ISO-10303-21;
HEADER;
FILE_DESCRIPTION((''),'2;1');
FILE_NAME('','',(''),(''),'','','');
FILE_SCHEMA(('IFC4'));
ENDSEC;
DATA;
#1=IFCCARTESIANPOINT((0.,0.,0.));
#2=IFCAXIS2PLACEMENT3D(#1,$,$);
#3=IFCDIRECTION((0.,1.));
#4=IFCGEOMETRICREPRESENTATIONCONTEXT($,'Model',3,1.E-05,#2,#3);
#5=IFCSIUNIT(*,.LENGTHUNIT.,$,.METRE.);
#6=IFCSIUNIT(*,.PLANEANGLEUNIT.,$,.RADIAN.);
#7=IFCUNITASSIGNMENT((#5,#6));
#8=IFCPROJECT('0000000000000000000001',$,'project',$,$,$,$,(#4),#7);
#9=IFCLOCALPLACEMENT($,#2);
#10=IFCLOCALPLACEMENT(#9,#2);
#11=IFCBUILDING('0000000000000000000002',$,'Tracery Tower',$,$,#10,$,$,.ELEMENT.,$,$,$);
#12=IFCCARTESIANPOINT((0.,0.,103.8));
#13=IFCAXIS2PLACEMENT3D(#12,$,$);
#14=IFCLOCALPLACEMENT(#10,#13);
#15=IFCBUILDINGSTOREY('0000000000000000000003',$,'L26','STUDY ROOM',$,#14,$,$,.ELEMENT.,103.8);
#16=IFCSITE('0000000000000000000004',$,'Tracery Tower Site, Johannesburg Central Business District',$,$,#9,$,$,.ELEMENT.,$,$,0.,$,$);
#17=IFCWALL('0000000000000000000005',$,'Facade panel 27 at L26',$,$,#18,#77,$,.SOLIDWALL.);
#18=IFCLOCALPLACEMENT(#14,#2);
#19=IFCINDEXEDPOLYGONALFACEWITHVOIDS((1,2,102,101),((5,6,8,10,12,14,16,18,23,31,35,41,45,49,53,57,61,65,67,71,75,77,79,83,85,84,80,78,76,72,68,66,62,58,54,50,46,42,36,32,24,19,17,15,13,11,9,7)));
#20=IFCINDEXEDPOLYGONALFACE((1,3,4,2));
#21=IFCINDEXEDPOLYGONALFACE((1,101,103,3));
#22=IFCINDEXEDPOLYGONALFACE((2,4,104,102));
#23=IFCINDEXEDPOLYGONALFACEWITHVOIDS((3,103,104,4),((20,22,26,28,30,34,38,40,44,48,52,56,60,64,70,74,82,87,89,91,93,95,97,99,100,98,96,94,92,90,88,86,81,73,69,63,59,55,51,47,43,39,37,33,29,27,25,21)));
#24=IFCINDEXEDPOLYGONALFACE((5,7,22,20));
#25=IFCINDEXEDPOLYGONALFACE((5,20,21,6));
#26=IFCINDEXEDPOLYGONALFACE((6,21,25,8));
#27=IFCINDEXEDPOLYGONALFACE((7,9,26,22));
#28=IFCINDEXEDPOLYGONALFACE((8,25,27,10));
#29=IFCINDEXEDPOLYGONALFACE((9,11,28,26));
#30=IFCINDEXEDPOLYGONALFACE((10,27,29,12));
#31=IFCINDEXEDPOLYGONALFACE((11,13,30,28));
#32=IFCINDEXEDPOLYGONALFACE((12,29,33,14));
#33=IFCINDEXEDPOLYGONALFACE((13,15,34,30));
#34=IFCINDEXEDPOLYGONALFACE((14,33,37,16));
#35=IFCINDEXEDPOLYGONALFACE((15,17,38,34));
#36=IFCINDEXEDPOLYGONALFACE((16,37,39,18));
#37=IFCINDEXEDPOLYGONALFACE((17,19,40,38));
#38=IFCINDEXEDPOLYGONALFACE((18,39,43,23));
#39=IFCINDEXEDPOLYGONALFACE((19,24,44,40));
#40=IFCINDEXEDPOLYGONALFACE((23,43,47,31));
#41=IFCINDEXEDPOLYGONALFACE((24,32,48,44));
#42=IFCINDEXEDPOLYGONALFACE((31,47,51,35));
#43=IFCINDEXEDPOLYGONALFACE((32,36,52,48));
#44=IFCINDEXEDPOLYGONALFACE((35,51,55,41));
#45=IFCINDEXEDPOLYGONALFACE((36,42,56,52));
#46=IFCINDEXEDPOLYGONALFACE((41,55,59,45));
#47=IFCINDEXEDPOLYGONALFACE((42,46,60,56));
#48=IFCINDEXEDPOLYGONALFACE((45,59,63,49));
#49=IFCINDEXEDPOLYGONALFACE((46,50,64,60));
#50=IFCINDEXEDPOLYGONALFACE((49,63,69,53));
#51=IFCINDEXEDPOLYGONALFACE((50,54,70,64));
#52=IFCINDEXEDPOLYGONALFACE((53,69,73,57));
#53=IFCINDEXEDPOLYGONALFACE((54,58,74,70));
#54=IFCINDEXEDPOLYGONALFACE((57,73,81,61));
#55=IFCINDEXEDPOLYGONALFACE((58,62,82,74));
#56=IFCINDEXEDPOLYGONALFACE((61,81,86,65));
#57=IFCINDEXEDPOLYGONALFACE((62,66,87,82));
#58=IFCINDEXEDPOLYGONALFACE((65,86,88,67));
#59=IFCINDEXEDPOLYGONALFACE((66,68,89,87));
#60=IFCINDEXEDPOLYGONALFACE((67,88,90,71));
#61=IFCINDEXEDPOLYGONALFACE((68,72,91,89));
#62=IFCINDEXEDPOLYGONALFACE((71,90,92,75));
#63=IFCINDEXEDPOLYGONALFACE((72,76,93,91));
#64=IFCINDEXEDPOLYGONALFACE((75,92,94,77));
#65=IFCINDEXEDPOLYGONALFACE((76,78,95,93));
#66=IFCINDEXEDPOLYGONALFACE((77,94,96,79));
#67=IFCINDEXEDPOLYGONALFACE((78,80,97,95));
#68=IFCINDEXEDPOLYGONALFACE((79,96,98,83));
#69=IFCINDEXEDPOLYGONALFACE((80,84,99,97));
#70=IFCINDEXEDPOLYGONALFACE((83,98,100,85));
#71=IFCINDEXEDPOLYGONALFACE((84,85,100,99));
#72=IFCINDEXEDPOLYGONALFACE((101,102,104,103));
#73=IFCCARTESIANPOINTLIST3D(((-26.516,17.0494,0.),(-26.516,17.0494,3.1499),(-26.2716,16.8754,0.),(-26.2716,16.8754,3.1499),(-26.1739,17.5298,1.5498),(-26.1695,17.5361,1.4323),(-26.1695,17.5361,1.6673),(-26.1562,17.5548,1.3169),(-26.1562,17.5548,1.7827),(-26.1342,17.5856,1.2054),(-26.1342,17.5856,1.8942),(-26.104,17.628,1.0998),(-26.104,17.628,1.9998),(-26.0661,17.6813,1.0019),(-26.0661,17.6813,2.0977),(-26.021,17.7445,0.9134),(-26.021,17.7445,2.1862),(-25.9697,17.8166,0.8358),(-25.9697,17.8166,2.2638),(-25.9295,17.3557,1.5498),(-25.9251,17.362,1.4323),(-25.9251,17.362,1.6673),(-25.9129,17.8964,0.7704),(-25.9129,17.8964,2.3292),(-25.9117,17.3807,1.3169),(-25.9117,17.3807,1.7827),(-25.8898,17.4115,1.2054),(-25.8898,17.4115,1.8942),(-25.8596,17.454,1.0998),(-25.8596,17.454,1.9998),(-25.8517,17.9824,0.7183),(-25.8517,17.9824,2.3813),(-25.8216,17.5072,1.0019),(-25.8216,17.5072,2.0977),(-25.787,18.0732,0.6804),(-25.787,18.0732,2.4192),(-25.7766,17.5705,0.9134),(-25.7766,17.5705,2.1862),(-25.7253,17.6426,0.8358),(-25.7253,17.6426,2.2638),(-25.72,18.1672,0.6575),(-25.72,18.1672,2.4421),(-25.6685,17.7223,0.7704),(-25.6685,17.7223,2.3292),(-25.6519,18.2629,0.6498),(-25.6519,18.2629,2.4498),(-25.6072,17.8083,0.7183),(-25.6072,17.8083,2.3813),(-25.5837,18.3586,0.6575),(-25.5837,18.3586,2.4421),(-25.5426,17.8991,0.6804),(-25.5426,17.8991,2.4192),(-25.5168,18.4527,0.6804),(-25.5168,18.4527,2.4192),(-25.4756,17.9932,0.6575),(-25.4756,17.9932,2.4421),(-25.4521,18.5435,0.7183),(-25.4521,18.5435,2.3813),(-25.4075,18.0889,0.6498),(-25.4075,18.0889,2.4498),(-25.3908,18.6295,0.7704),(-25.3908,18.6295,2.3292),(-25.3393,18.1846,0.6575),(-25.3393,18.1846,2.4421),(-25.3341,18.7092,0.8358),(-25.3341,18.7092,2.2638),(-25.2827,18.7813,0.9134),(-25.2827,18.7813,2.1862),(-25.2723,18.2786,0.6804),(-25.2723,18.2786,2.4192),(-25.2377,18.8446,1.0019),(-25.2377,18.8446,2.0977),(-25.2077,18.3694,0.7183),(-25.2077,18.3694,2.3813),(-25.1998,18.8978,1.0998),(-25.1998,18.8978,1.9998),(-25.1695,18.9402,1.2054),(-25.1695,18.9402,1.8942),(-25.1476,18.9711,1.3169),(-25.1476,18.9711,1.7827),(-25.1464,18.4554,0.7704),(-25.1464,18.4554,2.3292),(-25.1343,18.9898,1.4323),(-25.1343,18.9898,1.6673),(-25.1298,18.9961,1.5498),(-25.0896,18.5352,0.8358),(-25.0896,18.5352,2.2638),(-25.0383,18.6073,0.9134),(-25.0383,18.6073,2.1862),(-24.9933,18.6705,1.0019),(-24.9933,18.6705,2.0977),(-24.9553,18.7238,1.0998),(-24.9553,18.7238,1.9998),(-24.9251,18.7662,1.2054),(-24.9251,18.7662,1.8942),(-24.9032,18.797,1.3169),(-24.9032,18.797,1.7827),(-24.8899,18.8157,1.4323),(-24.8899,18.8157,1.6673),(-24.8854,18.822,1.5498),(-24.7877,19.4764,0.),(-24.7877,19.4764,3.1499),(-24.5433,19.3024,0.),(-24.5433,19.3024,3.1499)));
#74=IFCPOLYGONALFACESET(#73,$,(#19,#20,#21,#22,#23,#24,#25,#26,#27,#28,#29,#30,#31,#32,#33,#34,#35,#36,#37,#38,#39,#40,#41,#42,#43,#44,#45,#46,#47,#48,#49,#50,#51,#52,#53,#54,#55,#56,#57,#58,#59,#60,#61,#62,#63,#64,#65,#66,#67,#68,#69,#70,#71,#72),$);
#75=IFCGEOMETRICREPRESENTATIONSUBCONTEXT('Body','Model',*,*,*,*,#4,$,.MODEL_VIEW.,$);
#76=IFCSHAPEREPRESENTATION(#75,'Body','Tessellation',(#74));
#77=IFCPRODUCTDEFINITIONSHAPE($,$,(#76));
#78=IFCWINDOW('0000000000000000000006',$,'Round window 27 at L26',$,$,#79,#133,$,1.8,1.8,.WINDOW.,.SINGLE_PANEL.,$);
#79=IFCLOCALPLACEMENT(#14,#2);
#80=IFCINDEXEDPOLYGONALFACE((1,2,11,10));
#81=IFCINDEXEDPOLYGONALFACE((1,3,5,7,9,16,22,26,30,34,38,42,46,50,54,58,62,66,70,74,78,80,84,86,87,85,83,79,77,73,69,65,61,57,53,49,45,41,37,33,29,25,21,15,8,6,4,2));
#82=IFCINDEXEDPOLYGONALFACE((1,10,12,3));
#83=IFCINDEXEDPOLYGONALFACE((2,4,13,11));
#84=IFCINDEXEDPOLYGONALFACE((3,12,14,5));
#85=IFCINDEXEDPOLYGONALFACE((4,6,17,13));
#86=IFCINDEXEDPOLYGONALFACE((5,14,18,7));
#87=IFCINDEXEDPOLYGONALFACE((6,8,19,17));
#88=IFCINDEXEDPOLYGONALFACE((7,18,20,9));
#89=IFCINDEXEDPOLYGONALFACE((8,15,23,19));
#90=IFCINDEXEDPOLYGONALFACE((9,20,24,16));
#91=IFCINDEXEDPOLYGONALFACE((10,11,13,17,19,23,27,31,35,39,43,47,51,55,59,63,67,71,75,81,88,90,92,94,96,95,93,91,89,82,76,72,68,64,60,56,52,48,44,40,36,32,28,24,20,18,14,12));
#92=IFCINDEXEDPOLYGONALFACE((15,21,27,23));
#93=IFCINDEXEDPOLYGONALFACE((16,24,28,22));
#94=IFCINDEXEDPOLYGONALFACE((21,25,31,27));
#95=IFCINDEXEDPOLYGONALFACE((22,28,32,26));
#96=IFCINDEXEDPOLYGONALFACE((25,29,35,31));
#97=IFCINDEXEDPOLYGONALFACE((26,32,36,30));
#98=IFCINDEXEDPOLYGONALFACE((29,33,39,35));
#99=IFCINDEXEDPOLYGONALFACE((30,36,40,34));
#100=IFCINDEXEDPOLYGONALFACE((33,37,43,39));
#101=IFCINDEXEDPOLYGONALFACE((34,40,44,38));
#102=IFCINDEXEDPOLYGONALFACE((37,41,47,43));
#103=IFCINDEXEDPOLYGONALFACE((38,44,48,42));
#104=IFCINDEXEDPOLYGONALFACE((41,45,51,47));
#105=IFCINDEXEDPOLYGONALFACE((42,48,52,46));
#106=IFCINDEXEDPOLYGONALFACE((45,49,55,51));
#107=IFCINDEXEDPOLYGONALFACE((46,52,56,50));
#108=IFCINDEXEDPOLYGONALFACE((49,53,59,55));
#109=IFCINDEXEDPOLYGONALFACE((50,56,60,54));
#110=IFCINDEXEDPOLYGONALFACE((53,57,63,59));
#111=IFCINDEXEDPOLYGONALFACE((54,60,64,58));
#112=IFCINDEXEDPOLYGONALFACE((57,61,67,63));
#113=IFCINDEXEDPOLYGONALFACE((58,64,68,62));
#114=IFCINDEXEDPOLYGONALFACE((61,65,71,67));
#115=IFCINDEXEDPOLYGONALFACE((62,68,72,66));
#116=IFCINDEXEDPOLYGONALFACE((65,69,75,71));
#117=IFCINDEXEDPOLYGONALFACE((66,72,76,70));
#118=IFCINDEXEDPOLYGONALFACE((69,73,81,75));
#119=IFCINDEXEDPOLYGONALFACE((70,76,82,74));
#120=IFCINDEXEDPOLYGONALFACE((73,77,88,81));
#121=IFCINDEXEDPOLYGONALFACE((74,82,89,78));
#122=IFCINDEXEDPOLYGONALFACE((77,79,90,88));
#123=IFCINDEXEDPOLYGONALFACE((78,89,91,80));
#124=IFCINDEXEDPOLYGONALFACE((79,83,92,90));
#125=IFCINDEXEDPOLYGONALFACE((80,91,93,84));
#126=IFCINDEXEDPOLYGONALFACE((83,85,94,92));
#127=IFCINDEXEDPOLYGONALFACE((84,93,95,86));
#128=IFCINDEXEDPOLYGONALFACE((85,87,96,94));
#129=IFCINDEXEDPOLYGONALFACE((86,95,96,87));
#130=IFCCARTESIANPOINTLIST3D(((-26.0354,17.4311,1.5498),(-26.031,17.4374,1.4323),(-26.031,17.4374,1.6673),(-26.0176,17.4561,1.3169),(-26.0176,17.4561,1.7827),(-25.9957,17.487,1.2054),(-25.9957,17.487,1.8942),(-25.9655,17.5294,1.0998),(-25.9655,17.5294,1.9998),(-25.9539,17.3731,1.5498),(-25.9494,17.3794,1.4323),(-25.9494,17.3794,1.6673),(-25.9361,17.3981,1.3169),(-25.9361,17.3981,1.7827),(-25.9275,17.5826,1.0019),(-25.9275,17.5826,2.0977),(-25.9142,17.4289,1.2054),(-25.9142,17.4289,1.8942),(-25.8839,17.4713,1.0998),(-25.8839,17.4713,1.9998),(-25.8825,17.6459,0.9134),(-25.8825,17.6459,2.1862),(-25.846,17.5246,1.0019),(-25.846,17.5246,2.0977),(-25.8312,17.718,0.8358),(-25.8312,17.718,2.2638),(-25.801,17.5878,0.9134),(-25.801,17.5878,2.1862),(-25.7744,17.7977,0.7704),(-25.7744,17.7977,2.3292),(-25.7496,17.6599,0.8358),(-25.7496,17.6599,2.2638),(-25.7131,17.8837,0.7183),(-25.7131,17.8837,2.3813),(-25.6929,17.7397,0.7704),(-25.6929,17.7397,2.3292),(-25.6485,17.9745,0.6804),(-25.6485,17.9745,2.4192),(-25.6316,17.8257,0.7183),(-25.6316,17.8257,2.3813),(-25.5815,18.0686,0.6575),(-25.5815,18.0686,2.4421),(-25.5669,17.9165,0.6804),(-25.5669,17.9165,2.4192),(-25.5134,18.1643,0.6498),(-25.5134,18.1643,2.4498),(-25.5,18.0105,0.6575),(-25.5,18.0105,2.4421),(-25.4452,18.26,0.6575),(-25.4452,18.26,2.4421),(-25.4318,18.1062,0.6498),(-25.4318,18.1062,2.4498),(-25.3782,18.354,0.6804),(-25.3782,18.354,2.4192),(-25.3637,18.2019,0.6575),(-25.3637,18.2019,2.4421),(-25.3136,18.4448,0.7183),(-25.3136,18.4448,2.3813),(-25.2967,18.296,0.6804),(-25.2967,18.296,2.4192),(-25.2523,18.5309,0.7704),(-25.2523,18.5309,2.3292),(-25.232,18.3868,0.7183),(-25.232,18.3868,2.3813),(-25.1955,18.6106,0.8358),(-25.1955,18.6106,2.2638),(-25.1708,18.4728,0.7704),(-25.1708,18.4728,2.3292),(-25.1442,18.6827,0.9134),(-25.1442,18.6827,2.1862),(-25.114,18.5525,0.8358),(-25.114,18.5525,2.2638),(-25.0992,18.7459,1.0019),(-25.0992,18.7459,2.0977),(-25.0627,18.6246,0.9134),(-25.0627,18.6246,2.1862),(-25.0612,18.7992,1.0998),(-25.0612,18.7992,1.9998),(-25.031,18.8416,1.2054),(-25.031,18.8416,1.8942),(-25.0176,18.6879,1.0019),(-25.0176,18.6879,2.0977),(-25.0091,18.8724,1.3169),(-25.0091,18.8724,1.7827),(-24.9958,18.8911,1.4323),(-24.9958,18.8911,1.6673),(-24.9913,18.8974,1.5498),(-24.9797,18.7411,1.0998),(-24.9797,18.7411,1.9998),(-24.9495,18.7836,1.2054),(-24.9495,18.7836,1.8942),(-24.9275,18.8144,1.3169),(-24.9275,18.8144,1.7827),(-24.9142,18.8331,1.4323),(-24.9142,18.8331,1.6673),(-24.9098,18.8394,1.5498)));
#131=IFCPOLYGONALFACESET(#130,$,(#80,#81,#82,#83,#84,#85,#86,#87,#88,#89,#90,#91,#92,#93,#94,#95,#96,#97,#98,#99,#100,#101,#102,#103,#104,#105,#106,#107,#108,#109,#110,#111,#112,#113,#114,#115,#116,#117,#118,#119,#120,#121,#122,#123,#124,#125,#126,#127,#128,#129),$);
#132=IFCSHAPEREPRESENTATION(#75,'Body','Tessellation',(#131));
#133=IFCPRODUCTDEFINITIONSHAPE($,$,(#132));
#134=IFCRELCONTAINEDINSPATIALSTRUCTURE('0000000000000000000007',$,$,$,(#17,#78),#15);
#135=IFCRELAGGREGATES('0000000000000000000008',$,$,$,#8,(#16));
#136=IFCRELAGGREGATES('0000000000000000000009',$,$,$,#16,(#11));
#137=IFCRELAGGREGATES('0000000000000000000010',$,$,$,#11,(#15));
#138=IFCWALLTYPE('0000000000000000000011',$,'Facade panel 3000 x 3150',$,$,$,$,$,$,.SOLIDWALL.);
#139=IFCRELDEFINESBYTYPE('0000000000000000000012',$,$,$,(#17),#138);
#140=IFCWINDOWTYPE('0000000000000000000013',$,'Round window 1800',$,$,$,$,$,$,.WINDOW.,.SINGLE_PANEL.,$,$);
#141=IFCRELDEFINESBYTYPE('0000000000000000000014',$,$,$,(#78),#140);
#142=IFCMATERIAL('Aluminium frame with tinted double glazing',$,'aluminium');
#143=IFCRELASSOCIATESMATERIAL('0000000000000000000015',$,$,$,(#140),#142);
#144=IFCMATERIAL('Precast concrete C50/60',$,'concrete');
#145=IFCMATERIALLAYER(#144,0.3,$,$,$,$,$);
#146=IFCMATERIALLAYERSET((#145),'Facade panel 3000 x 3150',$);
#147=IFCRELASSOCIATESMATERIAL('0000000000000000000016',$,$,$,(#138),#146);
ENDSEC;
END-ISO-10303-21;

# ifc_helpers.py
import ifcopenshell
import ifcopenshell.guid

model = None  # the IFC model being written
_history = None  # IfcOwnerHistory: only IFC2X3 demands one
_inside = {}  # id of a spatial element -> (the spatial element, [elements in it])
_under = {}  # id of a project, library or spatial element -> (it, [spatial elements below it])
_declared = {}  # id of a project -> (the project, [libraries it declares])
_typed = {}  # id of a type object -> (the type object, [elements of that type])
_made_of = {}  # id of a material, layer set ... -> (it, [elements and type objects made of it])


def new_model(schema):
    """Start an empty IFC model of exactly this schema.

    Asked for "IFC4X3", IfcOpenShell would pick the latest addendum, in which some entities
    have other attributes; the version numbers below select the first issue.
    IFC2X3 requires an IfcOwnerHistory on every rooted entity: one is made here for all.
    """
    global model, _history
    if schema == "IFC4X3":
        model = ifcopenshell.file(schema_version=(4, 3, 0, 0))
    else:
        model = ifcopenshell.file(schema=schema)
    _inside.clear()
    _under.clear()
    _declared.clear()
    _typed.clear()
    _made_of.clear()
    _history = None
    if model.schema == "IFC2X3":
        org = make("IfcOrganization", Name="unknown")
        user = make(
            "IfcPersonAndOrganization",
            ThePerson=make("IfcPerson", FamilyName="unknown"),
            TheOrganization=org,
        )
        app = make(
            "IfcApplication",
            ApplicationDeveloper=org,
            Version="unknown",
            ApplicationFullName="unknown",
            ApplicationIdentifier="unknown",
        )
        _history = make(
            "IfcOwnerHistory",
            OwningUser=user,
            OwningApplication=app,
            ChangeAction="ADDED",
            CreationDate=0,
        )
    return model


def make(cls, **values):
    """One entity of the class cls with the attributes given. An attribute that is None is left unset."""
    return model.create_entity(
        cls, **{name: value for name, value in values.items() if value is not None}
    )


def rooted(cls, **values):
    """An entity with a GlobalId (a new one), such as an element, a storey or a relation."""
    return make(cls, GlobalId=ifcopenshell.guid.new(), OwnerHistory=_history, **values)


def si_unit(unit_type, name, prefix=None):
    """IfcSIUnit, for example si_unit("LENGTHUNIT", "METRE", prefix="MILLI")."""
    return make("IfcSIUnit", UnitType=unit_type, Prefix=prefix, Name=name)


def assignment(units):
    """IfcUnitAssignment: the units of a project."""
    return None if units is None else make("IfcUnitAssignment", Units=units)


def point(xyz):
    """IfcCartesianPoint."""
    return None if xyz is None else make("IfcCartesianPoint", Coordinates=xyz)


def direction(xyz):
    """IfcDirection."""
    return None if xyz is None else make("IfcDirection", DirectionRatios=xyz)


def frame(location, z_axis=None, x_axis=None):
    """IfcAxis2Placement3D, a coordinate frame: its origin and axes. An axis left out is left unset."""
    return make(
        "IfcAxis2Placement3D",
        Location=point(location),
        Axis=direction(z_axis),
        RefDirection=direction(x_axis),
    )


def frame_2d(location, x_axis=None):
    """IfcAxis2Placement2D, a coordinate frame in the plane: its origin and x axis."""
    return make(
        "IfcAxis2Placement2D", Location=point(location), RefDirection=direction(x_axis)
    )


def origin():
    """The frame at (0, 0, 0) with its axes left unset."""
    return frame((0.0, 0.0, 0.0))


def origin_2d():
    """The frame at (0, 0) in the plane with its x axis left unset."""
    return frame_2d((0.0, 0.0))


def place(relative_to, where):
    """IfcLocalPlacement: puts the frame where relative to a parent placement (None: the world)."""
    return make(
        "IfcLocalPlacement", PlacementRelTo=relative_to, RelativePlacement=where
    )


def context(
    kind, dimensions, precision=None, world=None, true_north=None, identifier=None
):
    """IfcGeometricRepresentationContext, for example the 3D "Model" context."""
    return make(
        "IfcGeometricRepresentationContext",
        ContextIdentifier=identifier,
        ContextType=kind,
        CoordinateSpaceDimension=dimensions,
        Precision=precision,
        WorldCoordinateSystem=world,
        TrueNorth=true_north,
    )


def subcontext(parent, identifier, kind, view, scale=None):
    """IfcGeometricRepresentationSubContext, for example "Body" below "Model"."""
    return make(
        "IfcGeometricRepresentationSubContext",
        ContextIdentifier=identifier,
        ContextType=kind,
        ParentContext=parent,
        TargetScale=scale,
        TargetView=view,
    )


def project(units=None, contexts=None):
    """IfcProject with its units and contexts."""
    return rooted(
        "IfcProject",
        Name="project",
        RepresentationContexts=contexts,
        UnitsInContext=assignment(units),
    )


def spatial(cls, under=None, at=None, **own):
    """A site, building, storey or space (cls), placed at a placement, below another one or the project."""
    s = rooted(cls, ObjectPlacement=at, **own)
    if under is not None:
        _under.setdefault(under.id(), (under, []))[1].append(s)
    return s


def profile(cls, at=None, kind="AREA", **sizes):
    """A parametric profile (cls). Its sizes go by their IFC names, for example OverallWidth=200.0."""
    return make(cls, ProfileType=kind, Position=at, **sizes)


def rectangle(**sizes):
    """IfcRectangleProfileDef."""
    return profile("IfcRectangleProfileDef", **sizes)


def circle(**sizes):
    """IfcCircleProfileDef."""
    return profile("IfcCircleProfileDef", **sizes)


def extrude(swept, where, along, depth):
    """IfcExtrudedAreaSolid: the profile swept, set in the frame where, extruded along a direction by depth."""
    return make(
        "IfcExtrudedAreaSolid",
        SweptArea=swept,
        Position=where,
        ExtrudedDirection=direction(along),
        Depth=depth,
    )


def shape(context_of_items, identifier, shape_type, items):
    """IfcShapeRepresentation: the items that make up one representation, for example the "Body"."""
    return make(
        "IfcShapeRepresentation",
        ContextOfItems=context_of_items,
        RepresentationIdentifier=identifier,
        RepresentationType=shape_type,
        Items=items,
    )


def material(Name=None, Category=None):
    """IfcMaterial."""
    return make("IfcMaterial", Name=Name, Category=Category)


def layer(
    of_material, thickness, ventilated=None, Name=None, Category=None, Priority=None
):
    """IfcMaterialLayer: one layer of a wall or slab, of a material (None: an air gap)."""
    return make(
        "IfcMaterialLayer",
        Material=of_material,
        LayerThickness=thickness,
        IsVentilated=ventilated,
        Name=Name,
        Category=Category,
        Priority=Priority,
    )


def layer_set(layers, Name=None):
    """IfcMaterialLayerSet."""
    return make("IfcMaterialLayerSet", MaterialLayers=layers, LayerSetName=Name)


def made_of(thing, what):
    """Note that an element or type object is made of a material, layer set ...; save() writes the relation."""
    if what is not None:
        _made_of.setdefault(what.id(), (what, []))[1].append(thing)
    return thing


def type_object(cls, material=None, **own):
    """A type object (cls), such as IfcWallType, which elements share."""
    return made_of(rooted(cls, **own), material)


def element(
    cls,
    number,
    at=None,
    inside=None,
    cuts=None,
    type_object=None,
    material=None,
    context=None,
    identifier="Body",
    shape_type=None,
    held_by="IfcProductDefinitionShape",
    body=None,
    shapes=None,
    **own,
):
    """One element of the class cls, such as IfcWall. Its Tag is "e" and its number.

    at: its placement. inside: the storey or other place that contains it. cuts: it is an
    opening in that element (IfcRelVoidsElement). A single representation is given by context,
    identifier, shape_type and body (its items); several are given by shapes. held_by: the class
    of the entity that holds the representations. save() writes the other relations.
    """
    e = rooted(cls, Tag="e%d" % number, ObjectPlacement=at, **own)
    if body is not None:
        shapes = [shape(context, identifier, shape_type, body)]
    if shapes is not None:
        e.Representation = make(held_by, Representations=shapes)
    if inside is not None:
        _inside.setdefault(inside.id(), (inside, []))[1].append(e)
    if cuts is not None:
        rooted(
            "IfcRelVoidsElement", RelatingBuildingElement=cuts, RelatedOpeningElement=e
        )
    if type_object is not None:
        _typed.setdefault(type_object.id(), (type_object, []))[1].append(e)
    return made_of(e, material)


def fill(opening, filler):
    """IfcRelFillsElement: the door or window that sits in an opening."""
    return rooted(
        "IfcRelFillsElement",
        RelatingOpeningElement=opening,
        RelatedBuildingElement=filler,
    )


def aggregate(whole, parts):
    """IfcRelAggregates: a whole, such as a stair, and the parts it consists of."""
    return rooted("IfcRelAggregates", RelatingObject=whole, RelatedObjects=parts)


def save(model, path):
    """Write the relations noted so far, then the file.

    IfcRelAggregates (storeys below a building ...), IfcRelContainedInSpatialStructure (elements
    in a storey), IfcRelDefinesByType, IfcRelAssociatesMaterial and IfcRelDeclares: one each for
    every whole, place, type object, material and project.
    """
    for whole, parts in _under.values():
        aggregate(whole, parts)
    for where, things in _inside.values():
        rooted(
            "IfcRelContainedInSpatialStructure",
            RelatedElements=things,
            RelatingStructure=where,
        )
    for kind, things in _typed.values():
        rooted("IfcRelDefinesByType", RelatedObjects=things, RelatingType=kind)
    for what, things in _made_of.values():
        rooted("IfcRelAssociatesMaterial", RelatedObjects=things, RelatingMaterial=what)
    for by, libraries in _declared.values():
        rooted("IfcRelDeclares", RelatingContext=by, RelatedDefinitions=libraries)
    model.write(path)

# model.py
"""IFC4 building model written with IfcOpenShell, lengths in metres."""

from ifc_helpers import new_model, si_unit, direction, frame, frame_2d, origin, origin_2d, place, context, subcontext, project, spatial, rectangle, circle, extrude, material, layer, layer_set, type_object, element, fill, save


model = new_model("IFC4")

# Units and contexts
model_context = context("Model", 3, precision=1e-05, world=origin(), true_north=direction((0.0, 1.0)))
body_context = subcontext(model_context, "Body", "Model", "MODEL_VIEW")
ifc_project = project(units=[si_unit("LENGTHUNIT", "METRE"), si_unit("PLANEANGLEUNIT", "RADIAN")], contexts=[model_context])

# Site, building, storey
site_placement = place(None, origin())
site = spatial("IfcSite", under=ifc_project, at=site_placement, Name="Tracery Tower Site, Johannesburg Central Business District", CompositionType="ELEMENT", RefElevation=0.0)
building_placement = place(site_placement, origin())
building = spatial("IfcBuilding", under=site, at=building_placement, Name="Tracery Tower", CompositionType="ELEMENT")
storey_placement = place(building_placement, frame((0.0, 0.0, 103.8)))
storey = spatial("IfcBuildingStorey", under=building, at=storey_placement, Name="L26", Description="STUDY ROOM", CompositionType="ELEMENT", Elevation=103.8)

# Wall, opening, window
ifc_material_1 = material(Name="Aluminium frame with tinted double glazing", Category="aluminium")
window_type = type_object("IfcWindowType", Name="Round window 1800", PartitioningType="SINGLE_PANEL", PredefinedType="WINDOW", material=ifc_material_1)
ifc_material_2 = material(Name="Precast concrete C50/60", Category="concrete")
ifc_layer_1 = layer(ifc_material_2, 0.3)
ifc_layer_set_1 = layer_set([ifc_layer_1], Name="Facade panel 3000 x 3150")
wall_type_1 = type_object("IfcWallType", Name="Facade panel 3000 x 3150", PredefinedType="SOLIDWALL", material=ifc_layer_set_1)
wall_1_placement = place(storey_placement, frame((-24.6655, 19.3894, 0.0), z_axis=(0.0, 0.0, 1.0), x_axis=(-0.580059, -0.814574, 0.0)))
wall_1 = element("IfcWall", 1, at=wall_1_placement, inside=storey, type_object=wall_type_1, Name="Facade panel 27 at L26", PredefinedType="SOLIDWALL", context=body_context, shape_type="SweptSolid", body=[
    extrude(rectangle(XDim=2.9795, YDim=0.3, at=frame_2d((1.4897, 0.0))), origin(), (0.0, 0.0, 1.0), 3.1499),
])
opening_1_placement = place(wall_1_placement, frame((1.4897, 0.0, 1.5498)))
opening_1 = element("IfcOpeningElement", 2, at=opening_1_placement, cuts=wall_1, PredefinedType="OPENING", context=body_context, shape_type="SweptSolid", body=[
    extrude(circle(Radius=0.9, at=origin_2d()), frame((0.0, 0.1599, 0.0), z_axis=(0.0, -1.0, 0.0), x_axis=(1.0, 0.0, 0.0)), (0.0, 0.0, 1.0), 0.3201),
])
window_1_placement = place(opening_1_placement, origin())
window_1 = element("IfcWindow", 3, at=window_1_placement, inside=storey, type_object=window_type, Name="Round window 27 at L26", OverallHeight=1.8, OverallWidth=1.8, PartitioningType="SINGLE_PANEL", PredefinedType="WINDOW", context=body_context, shape_type="SweptSolid", body=[
    extrude(circle(Radius=0.9, at=origin_2d()), frame((0.0, 0.1201, 0.0), z_axis=(0.0, -1.0, 0.0), x_axis=(1.0, 0.0, 0.0)), (0.0, 0.0, 1.0), 0.1001),
])
fill(opening_1, window_1)

save(model, "model.ifc")
